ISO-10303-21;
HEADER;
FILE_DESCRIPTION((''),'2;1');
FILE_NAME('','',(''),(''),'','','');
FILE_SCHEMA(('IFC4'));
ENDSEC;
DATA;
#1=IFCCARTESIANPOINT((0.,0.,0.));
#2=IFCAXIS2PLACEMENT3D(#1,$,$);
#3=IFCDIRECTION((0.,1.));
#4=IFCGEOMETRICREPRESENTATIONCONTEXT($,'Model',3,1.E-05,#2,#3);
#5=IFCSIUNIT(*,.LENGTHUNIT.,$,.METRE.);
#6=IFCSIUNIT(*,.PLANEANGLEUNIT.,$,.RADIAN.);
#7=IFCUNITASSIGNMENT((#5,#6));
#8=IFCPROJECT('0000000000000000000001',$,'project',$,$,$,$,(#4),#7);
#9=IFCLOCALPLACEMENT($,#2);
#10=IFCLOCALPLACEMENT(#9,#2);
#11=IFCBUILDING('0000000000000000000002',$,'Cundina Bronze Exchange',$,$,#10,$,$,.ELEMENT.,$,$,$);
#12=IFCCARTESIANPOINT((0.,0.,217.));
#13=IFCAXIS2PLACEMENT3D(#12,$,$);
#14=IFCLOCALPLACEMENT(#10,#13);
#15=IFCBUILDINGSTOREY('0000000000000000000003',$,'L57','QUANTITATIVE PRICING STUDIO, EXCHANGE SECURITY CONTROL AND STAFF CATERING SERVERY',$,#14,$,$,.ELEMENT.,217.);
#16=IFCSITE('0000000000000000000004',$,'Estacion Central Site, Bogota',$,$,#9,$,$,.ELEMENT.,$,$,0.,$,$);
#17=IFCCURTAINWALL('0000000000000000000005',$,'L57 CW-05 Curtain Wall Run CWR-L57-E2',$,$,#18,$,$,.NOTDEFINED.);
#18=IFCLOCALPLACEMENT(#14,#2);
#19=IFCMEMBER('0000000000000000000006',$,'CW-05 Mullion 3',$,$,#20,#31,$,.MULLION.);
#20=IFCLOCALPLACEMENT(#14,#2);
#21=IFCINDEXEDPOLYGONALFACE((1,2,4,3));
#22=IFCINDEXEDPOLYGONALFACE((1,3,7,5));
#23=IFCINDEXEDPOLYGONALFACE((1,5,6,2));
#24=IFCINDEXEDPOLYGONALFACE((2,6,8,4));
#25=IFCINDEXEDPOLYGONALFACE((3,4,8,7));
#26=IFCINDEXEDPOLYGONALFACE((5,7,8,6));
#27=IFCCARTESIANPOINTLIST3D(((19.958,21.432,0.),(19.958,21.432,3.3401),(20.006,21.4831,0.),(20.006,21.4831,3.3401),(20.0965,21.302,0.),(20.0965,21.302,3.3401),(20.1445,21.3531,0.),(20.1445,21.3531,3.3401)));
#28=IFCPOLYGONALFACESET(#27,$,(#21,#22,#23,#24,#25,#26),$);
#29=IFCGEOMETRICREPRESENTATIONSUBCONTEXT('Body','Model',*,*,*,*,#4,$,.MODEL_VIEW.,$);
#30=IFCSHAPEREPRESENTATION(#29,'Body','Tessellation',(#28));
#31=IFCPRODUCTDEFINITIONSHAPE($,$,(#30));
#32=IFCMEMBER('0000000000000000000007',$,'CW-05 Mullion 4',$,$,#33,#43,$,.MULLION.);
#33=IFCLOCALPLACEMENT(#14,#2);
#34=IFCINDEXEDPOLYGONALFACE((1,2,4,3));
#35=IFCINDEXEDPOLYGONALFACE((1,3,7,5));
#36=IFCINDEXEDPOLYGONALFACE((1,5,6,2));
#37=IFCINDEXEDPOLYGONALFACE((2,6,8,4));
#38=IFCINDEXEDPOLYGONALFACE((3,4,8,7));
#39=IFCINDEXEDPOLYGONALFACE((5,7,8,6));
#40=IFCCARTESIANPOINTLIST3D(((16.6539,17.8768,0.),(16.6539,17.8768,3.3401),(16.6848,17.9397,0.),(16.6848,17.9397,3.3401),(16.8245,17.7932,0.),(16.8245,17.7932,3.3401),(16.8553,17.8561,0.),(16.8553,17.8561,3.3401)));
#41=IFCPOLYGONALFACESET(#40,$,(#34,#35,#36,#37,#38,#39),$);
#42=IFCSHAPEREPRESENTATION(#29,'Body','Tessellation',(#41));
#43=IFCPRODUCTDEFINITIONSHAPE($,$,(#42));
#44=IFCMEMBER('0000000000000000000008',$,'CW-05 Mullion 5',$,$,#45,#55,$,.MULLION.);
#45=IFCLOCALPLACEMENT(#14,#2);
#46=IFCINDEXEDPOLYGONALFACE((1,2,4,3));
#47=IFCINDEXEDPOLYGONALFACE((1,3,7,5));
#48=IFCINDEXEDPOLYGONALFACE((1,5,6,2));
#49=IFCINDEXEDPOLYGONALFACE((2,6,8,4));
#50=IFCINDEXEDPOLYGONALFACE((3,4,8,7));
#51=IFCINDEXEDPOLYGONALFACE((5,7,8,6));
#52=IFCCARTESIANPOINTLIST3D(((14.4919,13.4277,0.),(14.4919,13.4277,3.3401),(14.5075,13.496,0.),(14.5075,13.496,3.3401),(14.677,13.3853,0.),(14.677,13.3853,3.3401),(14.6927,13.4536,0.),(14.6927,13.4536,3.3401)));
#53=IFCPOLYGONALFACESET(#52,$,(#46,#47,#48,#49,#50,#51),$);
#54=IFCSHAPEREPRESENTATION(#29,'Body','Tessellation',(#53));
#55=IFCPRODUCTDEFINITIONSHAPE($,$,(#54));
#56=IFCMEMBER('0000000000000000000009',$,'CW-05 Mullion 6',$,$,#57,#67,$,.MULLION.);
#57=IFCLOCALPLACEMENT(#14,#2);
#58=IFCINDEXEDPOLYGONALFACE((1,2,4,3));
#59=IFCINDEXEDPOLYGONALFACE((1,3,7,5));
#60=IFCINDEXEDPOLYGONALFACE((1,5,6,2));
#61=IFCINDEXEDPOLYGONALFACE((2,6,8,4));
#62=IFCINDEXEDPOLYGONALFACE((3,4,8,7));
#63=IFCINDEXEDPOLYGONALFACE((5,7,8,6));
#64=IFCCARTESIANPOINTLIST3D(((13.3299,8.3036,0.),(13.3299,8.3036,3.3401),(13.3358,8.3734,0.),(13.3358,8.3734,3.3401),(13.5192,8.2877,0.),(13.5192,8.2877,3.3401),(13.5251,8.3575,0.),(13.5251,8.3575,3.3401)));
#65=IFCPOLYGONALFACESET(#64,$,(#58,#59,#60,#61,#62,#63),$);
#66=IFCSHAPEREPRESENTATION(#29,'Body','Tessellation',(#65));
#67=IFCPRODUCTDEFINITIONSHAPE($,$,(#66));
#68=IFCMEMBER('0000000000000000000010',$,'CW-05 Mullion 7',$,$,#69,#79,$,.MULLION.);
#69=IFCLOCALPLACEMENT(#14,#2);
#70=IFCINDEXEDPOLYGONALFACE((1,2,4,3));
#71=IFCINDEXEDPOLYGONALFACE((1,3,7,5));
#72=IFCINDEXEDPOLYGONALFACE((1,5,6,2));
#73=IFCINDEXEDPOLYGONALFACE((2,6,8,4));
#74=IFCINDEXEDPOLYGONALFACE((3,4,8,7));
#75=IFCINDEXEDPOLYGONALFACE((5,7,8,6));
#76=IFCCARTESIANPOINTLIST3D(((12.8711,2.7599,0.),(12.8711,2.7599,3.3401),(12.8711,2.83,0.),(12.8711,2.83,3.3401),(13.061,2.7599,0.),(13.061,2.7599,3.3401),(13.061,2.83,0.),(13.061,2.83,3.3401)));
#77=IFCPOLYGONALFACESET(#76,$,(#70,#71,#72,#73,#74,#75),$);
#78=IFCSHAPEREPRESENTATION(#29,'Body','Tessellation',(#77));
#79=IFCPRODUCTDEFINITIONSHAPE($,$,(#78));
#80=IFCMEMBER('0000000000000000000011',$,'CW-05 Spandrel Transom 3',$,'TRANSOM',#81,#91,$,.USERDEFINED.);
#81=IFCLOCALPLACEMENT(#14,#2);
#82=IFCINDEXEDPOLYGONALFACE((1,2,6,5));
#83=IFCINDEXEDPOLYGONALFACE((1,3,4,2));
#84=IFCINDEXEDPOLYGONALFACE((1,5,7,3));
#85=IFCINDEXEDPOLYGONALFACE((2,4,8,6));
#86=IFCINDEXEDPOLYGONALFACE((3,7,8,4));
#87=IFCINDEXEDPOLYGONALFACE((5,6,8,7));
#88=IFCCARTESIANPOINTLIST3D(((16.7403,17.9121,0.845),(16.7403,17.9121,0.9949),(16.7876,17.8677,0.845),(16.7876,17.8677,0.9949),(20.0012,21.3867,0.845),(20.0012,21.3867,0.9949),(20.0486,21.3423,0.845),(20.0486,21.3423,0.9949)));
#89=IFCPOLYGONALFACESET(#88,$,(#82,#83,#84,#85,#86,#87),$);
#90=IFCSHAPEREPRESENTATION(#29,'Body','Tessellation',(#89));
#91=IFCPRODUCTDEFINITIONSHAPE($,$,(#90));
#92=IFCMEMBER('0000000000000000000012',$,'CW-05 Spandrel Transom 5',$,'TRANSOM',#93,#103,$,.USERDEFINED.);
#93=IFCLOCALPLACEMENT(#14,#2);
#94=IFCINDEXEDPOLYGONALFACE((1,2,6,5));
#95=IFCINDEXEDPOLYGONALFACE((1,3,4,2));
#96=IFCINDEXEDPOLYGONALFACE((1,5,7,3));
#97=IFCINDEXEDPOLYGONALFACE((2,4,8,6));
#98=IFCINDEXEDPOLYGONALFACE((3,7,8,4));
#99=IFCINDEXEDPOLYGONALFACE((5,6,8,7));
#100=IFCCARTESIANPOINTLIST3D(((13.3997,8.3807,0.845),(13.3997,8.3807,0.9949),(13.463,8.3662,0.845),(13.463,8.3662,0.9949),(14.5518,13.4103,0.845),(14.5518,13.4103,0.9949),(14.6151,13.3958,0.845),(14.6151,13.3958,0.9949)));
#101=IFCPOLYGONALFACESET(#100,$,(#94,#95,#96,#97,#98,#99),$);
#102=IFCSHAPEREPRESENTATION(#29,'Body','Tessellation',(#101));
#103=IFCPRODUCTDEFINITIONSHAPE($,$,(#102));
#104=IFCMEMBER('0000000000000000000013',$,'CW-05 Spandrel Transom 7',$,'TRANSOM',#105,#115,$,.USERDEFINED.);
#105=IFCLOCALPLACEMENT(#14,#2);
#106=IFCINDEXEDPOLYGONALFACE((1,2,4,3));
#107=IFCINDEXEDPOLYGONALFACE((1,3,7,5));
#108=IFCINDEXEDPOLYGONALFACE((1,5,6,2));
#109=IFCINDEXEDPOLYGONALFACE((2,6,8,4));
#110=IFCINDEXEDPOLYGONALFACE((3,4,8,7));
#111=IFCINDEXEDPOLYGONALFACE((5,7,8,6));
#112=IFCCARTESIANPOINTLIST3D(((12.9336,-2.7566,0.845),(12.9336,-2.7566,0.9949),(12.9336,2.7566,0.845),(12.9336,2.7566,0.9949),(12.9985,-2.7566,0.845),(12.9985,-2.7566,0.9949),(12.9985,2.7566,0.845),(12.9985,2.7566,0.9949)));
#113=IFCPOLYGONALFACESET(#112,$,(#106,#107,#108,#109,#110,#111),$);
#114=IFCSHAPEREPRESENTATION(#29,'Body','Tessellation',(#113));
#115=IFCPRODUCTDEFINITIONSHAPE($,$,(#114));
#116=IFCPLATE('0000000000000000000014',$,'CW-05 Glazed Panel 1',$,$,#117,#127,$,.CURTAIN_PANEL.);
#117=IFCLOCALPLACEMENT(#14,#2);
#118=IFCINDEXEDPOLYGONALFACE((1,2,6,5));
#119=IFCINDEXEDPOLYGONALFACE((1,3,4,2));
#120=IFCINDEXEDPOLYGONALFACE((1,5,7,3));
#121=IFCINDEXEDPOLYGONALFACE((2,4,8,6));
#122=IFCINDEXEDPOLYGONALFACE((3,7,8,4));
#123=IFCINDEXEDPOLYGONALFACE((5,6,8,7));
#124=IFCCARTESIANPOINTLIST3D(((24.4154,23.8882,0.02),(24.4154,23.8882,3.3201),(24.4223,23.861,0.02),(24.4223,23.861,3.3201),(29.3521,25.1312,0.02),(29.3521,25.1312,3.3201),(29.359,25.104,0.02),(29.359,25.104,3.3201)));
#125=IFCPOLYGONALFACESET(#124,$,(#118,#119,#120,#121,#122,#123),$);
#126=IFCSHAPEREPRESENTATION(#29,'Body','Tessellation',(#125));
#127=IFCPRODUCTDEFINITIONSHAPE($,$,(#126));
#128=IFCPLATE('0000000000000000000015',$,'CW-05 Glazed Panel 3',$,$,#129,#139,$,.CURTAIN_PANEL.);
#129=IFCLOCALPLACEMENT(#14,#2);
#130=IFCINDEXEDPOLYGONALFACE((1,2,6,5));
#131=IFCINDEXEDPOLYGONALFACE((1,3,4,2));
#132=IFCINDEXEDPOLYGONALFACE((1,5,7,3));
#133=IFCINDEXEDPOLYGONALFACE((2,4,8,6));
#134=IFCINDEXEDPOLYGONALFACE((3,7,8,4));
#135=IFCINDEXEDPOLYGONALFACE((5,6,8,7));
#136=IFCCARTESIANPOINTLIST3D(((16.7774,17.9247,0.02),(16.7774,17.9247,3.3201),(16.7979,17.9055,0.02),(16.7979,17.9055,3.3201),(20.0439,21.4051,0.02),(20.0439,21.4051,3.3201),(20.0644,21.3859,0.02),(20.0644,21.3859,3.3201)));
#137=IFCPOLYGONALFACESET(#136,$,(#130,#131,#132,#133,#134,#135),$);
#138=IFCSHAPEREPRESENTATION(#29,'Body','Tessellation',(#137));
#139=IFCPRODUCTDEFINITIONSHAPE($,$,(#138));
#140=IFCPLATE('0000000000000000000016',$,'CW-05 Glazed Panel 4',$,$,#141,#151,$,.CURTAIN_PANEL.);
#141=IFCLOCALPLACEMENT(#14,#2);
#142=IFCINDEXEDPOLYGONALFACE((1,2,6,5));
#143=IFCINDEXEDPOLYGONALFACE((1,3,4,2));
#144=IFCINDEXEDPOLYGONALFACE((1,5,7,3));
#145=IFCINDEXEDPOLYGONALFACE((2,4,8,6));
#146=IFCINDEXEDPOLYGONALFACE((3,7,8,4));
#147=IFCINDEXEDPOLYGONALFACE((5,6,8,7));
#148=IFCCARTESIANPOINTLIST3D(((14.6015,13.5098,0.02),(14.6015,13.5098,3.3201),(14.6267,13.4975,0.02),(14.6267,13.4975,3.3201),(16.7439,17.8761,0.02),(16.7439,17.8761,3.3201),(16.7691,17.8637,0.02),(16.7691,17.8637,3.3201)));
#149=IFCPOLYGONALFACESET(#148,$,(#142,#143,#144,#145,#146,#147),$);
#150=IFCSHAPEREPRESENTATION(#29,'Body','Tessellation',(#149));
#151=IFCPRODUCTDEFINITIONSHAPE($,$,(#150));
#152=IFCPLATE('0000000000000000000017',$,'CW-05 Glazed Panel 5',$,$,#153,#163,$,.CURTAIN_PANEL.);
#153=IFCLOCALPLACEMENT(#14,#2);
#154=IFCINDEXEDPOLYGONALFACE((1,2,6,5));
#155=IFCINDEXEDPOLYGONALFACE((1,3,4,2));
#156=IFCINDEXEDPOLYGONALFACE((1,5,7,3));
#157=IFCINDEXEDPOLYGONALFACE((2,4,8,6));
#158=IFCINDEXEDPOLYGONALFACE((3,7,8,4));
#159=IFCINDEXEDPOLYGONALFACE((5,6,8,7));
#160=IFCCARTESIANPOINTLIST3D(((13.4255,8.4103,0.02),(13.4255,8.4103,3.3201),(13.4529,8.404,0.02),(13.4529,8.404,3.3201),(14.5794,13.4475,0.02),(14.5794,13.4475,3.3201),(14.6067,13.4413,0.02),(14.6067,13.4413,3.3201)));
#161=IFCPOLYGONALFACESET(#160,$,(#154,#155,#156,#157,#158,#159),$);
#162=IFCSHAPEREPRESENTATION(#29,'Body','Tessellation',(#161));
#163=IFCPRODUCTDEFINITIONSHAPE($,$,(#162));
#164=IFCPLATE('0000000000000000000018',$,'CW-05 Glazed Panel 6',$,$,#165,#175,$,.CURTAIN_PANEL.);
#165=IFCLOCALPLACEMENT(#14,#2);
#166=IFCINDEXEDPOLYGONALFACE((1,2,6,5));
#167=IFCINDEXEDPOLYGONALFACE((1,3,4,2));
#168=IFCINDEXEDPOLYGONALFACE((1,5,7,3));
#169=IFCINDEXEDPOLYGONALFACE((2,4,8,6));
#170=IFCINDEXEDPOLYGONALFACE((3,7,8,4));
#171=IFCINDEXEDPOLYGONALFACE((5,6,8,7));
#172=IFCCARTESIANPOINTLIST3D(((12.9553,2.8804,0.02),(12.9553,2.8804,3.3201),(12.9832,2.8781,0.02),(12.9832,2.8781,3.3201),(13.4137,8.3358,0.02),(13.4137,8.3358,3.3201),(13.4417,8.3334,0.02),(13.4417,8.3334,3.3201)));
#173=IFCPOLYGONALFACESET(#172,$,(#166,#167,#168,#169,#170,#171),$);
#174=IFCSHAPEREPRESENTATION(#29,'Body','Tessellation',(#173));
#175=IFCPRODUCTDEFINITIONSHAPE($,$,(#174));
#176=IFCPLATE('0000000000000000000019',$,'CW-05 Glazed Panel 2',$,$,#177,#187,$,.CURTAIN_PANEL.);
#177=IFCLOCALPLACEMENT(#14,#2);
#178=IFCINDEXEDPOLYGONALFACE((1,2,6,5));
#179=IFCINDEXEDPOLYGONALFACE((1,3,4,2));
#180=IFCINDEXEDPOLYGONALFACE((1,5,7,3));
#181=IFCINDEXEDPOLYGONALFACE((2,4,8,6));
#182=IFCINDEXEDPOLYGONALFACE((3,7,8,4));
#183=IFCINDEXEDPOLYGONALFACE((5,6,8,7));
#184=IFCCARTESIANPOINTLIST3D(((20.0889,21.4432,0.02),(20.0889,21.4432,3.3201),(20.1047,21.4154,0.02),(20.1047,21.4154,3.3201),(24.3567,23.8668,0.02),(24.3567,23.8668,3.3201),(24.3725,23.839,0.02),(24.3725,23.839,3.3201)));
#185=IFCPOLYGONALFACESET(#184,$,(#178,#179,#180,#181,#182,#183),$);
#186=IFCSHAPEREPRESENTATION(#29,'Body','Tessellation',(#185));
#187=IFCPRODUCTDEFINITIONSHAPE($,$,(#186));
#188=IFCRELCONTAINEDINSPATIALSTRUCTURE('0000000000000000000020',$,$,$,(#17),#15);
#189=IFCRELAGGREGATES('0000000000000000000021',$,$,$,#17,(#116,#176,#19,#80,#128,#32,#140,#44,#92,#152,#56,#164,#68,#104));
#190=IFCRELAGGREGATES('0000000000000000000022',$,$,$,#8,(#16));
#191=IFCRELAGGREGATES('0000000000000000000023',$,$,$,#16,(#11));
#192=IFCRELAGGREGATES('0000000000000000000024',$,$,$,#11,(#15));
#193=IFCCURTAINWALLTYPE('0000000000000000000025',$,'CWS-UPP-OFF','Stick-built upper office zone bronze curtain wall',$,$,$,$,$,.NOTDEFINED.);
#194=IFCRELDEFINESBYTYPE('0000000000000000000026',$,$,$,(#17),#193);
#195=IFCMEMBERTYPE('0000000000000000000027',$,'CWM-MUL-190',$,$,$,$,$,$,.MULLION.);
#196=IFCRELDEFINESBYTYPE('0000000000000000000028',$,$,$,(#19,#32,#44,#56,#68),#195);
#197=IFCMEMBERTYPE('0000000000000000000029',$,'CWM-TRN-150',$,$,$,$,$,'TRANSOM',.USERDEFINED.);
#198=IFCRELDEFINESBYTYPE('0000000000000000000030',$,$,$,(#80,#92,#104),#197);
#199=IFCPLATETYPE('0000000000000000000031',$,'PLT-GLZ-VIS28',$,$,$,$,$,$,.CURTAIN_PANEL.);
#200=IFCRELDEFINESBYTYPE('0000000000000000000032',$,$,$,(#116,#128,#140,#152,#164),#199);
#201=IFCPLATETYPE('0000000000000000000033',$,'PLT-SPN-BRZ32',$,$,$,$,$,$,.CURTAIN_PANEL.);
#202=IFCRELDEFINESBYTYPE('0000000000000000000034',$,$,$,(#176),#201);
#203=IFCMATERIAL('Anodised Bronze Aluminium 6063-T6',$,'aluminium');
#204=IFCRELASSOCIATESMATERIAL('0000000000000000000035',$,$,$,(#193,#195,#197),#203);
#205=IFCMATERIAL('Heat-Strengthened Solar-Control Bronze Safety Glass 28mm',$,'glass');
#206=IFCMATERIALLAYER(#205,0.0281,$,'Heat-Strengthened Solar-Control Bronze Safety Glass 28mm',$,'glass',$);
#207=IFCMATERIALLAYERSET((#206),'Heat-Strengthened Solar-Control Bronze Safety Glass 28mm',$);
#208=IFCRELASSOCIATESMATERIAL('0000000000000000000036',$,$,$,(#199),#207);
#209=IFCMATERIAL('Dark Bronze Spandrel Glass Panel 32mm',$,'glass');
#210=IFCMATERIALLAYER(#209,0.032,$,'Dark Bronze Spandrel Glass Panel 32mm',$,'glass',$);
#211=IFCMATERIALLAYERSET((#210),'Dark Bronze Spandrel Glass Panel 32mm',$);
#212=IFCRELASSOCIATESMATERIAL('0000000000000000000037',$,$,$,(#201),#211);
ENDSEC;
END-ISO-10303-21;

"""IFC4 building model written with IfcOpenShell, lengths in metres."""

from ifc_helpers import new_model, si_unit, direction, frame, origin, origin_2d, place, context, subcontext, project, spatial, rectangle, extrude, material, layer, layer_set, material_profile, profile_set, type_object, element, aggregate, save


model = new_model("IFC4")

# Units and contexts
model_context = context("Model", 3, precision=1e-05, world=origin(), true_north=direction((0.0, 1.0)))
body_context = subcontext(model_context, "Body", "Model", "MODEL_VIEW")
ifc_project = project(units=[si_unit("LENGTHUNIT", "METRE"), si_unit("PLANEANGLEUNIT", "RADIAN")], contexts=[model_context])

# Site, building, storey
site_placement = place(None, origin())
site = spatial("IfcSite", under=ifc_project, at=site_placement, Name="Estacion Central Site, Bogota", CompositionType="ELEMENT", RefElevation=0.0)
building_placement = place(site_placement, origin())
building = spatial("IfcBuilding", under=site, at=building_placement, Name="Cundina Bronze Exchange", CompositionType="ELEMENT")
storey_placement = place(building_placement, frame((0.0, 0.0, 217.0)))
storey = spatial("IfcBuildingStorey", under=building, at=storey_placement, Name="L57", Description="QUANTITATIVE PRICING STUDIO, EXCHANGE SECURITY CONTROL AND STAFF CATERING SERVERY", CompositionType="ELEMENT", Elevation=217.0)

# Curtain wall, members, plates
ifc_material_1 = material(Name="Anodised Bronze Aluminium 6063-T6", Category="aluminium")
curtain_wall_type = type_object("IfcCurtainWallType", Name="CWS-UPP-OFF", Description="Stick-built upper office zone bronze curtain wall", PredefinedType="NOTDEFINED", material=ifc_material_1)
curtain_wall_placement = place(storey_placement, origin())
curtain_wall = element("IfcCurtainWall", 1, at=curtain_wall_placement, inside=storey, type_object=curtain_wall_type, Name="L57 CW-05 Curtain Wall Run CWR-L57-E2", PredefinedType="NOTDEFINED")
ifc_material_profile_1 = material_profile(ifc_material_1, rectangle(XDim=0.0701, YDim=0.1899, at=origin_2d()), Name="AL70X190", Category="aluminium")
ifc_profile_set_1 = profile_set([ifc_material_profile_1], Name="Anodised Bronze Aluminium 6063-T6")
member_type_1 = type_object("IfcMemberType", Name="CWM-MUL-190", PredefinedType="MULLION", material=ifc_profile_set_1)
member_1_placement = place(storey_placement, frame((20.0513, 21.3926, 0.0), z_axis=(0.0, 0.0, 1.0), x_axis=(-0.684293, -0.729208, 0.0)))
member_1 = element("IfcMember", 2, at=member_1_placement, type_object=member_type_1, Name="CW-05 Mullion 3", PredefinedType="MULLION", context=body_context, shape_type="SweptSolid", body=[
    extrude(rectangle(XDim=0.0701, YDim=0.1899, at=origin_2d()), origin(), (0.0, 0.0, 1.0), 3.3401),
])
member_2_placement = place(storey_placement, frame((16.7546, 17.8665, 0.0), z_axis=(0.0, 0.0, 1.0), x_axis=(-0.440566, -0.89772, 0.0)))
member_2 = element("IfcMember", 3, at=member_2_placement, type_object=member_type_1, Name="CW-05 Mullion 4", PredefinedType="MULLION", context=body_context, shape_type="SweptSolid", body=[
    extrude(rectangle(XDim=0.0701, YDim=0.1899, at=origin_2d()), origin(), (0.0, 0.0, 1.0), 3.3401),
])
member_3_placement = place(storey_placement, frame((14.5923, 13.4407, 0.0), z_axis=(0.0, 0.0, 1.0), x_axis=(-0.22325, -0.974761, 0.0)))
member_3 = element("IfcMember", 4, at=member_3_placement, type_object=member_type_1, Name="CW-05 Mullion 5", PredefinedType="MULLION", context=body_context, shape_type="SweptSolid", body=[
    extrude(rectangle(XDim=0.0701, YDim=0.1899, at=origin_2d()), origin(), (0.0, 0.0, 1.0), 3.3401),
])
member_4_placement = place(storey_placement, frame((13.4275, 8.3306, 0.0), z_axis=(0.0, 0.0, 1.0), x_axis=(-0.083678, -0.996493, 0.0)))
member_4 = element("IfcMember", 5, at=member_4_placement, type_object=member_type_1, Name="CW-05 Mullion 6", PredefinedType="MULLION", context=body_context, shape_type="SweptSolid", body=[
    extrude(rectangle(XDim=0.0701, YDim=0.1899, at=origin_2d()), origin(), (0.0, 0.0, 1.0), 3.3401),
])
member_5_placement = place(storey_placement, frame((12.9661, 2.7949, 0.0), z_axis=(0.0, 0.0, 1.0), x_axis=(0.0, -1.0, 0.0)))
member_5 = element("IfcMember", 6, at=member_5_placement, type_object=member_type_1, Name="CW-05 Mullion 7", PredefinedType="MULLION", context=body_context, shape_type="SweptSolid", body=[
    extrude(rectangle(XDim=0.0701, YDim=0.1899, at=origin_2d()), origin(), (0.0, 0.0, 1.0), 3.3401),
])
ifc_material_profile_2 = material_profile(ifc_material_1, rectangle(XDim=0.0649, YDim=0.1499, at=origin_2d()), Name="AL65X150", Category="aluminium")
ifc_profile_set_2 = profile_set([ifc_material_profile_2], Name="Anodised Bronze Aluminium 6063-T6")
member_type_2 = type_object("IfcMemberType", Name="CWM-TRN-150", ElementType="TRANSOM", PredefinedType="USERDEFINED", material=ifc_profile_set_2)
member_6_placement = place(storey_placement, frame((20.0249, 21.3645, 0.9199), z_axis=(-0.684336, -0.729166, 0.0), x_axis=(0.729166, -0.684336, 0.0)))
member_6 = element("IfcMember", 7, at=member_6_placement, type_object=member_type_2, Name="CW-05 Spandrel Transom 3", ObjectType="TRANSOM", PredefinedType="USERDEFINED", context=body_context, shape_type="SweptSolid", body=[
    extrude(rectangle(XDim=0.0649, YDim=0.1499, at=origin_2d()), origin(), (0.0, 0.0, 1.0), 4.7651),
])
member_7_placement = place(storey_placement, frame((14.5835, 13.4031, 0.9199), z_axis=(-0.223283, -0.974754, 0.0), x_axis=(0.974754, -0.223283, 0.0)))
member_7 = element("IfcMember", 8, at=member_7_placement, type_object=member_type_2, Name="CW-05 Spandrel Transom 5", ObjectType="TRANSOM", PredefinedType="USERDEFINED", context=body_context, shape_type="SweptSolid", body=[
    extrude(rectangle(XDim=0.0649, YDim=0.1499, at=origin_2d()), origin(), (0.0, 0.0, 1.0), 5.1599),
])
member_8_placement = place(storey_placement, frame((12.9661, 2.7566, 0.9199), z_axis=(0.0, -1.0, 0.0), x_axis=(1.0, 0.0, 0.0)))
member_8 = element("IfcMember", 9, at=member_8_placement, type_object=member_type_2, Name="CW-05 Spandrel Transom 7", ObjectType="TRANSOM", PredefinedType="USERDEFINED", context=body_context, shape_type="SweptSolid", body=[
    extrude(rectangle(XDim=0.0649, YDim=0.1499, at=origin_2d()), origin(), (0.0, 0.0, 1.0), 5.5132),
])
ifc_material_2 = material(Name="Heat-Strengthened Solar-Control Bronze Safety Glass 28mm", Category="glass")
ifc_layer_1 = layer(ifc_material_2, 0.0281, Name="Heat-Strengthened Solar-Control Bronze Safety Glass 28mm", Category="glass")
ifc_layer_set_1 = layer_set([ifc_layer_1], Name="Heat-Strengthened Solar-Control Bronze Safety Glass 28mm")
plate_type_1 = type_object("IfcPlateType", Name="PLT-GLZ-VIS28", PredefinedType="CURTAIN_PANEL", material=ifc_layer_set_1)
plate_1_placement = place(storey_placement, frame((26.8872, 24.4961, 0.02), z_axis=(0.0, 0.0, 1.0), x_axis=(-0.969732, -0.244174, 0.0)))
plate_1 = element("IfcPlate", 10, at=plate_1_placement, type_object=plate_type_1, Name="CW-05 Glazed Panel 1", PredefinedType="CURTAIN_PANEL", context=body_context, shape_type="SweptSolid", body=[
    extrude(rectangle(XDim=5.0908, YDim=0.0281, at=origin_2d()), origin(), (0.0, 0.0, 1.0), 3.3),
])
plate_2_placement = place(storey_placement, frame((18.4209, 19.6553, 0.02), z_axis=(0.0, 0.0, 1.0), x_axis=(-0.684344, -0.72916, 0.0)))
plate_2 = element("IfcPlate", 11, at=plate_2_placement, type_object=plate_type_1, Name="CW-05 Glazed Panel 3", PredefinedType="CURTAIN_PANEL", context=body_context, shape_type="SweptSolid", body=[
    extrude(rectangle(XDim=4.7732, YDim=0.0281, at=origin_2d()), origin(), (0.0, 0.0, 1.0), 3.3),
])
plate_3_placement = place(storey_placement, frame((15.6853, 15.6868, 0.02), z_axis=(0.0, 0.0, 1.0), x_axis=(-0.440503, -0.897751, 0.0)))
plate_3 = element("IfcPlate", 12, at=plate_3_placement, type_object=plate_type_1, Name="CW-05 Glazed Panel 4", PredefinedType="CURTAIN_PANEL", context=body_context, shape_type="SweptSolid", body=[
    extrude(rectangle(XDim=4.8635, YDim=0.0281, at=origin_2d()), origin(), (0.0, 0.0, 1.0), 3.3),
])
plate_4_placement = place(storey_placement, frame((14.0161, 10.9258, 0.02), z_axis=(0.0, 0.0, 1.0), x_axis=(-0.223284, -0.974753, 0.0)))
plate_4 = element("IfcPlate", 13, at=plate_4_placement, type_object=plate_type_1, Name="CW-05 Glazed Panel 5", PredefinedType="CURTAIN_PANEL", context=body_context, shape_type="SweptSolid", body=[
    extrude(rectangle(XDim=5.1677, YDim=0.0281, at=origin_2d()), origin(), (0.0, 0.0, 1.0), 3.3),
])
plate_5_placement = place(storey_placement, frame((13.1985, 5.6069, 0.02), z_axis=(0.0, 0.0, 1.0), x_axis=(-0.083747, -0.996487, 0.0)))
plate_5 = element("IfcPlate", 14, at=plate_5_placement, type_object=plate_type_1, Name="CW-05 Glazed Panel 6", PredefinedType="CURTAIN_PANEL", context=body_context, shape_type="SweptSolid", body=[
    extrude(rectangle(XDim=5.4746, YDim=0.0281, at=origin_2d()), origin(), (0.0, 0.0, 1.0), 3.3),
])
ifc_material_3 = material(Name="Dark Bronze Spandrel Glass Panel 32mm", Category="glass")
ifc_layer_2 = layer(ifc_material_3, 0.032, Name="Dark Bronze Spandrel Glass Panel 32mm", Category="glass")
ifc_layer_set_2 = layer_set([ifc_layer_2], Name="Dark Bronze Spandrel Glass Panel 32mm")
plate_type_2 = type_object("IfcPlateType", Name="PLT-SPN-BRZ32", PredefinedType="CURTAIN_PANEL", material=ifc_layer_set_2)
plate_6_placement = place(storey_placement, frame((22.2307, 22.6411, 0.02), z_axis=(0.0, 0.0, 1.0), x_axis=(-0.869573, -0.493805, 0.0)))
plate_6 = element("IfcPlate", 15, at=plate_6_placement, type_object=plate_type_2, Name="CW-05 Glazed Panel 2", PredefinedType="CURTAIN_PANEL", context=body_context, shape_type="SweptSolid", body=[
    extrude(rectangle(XDim=4.908, YDim=0.032, at=origin_2d()), origin(), (0.0, 0.0, 1.0), 3.3),
])
aggregate(curtain_wall, [plate_1, plate_6, member_1, member_6, plate_2, member_2, plate_3, member_3, member_7, plate_4, member_4, plate_5, member_5, member_8])

save(model, "model.ifc")
